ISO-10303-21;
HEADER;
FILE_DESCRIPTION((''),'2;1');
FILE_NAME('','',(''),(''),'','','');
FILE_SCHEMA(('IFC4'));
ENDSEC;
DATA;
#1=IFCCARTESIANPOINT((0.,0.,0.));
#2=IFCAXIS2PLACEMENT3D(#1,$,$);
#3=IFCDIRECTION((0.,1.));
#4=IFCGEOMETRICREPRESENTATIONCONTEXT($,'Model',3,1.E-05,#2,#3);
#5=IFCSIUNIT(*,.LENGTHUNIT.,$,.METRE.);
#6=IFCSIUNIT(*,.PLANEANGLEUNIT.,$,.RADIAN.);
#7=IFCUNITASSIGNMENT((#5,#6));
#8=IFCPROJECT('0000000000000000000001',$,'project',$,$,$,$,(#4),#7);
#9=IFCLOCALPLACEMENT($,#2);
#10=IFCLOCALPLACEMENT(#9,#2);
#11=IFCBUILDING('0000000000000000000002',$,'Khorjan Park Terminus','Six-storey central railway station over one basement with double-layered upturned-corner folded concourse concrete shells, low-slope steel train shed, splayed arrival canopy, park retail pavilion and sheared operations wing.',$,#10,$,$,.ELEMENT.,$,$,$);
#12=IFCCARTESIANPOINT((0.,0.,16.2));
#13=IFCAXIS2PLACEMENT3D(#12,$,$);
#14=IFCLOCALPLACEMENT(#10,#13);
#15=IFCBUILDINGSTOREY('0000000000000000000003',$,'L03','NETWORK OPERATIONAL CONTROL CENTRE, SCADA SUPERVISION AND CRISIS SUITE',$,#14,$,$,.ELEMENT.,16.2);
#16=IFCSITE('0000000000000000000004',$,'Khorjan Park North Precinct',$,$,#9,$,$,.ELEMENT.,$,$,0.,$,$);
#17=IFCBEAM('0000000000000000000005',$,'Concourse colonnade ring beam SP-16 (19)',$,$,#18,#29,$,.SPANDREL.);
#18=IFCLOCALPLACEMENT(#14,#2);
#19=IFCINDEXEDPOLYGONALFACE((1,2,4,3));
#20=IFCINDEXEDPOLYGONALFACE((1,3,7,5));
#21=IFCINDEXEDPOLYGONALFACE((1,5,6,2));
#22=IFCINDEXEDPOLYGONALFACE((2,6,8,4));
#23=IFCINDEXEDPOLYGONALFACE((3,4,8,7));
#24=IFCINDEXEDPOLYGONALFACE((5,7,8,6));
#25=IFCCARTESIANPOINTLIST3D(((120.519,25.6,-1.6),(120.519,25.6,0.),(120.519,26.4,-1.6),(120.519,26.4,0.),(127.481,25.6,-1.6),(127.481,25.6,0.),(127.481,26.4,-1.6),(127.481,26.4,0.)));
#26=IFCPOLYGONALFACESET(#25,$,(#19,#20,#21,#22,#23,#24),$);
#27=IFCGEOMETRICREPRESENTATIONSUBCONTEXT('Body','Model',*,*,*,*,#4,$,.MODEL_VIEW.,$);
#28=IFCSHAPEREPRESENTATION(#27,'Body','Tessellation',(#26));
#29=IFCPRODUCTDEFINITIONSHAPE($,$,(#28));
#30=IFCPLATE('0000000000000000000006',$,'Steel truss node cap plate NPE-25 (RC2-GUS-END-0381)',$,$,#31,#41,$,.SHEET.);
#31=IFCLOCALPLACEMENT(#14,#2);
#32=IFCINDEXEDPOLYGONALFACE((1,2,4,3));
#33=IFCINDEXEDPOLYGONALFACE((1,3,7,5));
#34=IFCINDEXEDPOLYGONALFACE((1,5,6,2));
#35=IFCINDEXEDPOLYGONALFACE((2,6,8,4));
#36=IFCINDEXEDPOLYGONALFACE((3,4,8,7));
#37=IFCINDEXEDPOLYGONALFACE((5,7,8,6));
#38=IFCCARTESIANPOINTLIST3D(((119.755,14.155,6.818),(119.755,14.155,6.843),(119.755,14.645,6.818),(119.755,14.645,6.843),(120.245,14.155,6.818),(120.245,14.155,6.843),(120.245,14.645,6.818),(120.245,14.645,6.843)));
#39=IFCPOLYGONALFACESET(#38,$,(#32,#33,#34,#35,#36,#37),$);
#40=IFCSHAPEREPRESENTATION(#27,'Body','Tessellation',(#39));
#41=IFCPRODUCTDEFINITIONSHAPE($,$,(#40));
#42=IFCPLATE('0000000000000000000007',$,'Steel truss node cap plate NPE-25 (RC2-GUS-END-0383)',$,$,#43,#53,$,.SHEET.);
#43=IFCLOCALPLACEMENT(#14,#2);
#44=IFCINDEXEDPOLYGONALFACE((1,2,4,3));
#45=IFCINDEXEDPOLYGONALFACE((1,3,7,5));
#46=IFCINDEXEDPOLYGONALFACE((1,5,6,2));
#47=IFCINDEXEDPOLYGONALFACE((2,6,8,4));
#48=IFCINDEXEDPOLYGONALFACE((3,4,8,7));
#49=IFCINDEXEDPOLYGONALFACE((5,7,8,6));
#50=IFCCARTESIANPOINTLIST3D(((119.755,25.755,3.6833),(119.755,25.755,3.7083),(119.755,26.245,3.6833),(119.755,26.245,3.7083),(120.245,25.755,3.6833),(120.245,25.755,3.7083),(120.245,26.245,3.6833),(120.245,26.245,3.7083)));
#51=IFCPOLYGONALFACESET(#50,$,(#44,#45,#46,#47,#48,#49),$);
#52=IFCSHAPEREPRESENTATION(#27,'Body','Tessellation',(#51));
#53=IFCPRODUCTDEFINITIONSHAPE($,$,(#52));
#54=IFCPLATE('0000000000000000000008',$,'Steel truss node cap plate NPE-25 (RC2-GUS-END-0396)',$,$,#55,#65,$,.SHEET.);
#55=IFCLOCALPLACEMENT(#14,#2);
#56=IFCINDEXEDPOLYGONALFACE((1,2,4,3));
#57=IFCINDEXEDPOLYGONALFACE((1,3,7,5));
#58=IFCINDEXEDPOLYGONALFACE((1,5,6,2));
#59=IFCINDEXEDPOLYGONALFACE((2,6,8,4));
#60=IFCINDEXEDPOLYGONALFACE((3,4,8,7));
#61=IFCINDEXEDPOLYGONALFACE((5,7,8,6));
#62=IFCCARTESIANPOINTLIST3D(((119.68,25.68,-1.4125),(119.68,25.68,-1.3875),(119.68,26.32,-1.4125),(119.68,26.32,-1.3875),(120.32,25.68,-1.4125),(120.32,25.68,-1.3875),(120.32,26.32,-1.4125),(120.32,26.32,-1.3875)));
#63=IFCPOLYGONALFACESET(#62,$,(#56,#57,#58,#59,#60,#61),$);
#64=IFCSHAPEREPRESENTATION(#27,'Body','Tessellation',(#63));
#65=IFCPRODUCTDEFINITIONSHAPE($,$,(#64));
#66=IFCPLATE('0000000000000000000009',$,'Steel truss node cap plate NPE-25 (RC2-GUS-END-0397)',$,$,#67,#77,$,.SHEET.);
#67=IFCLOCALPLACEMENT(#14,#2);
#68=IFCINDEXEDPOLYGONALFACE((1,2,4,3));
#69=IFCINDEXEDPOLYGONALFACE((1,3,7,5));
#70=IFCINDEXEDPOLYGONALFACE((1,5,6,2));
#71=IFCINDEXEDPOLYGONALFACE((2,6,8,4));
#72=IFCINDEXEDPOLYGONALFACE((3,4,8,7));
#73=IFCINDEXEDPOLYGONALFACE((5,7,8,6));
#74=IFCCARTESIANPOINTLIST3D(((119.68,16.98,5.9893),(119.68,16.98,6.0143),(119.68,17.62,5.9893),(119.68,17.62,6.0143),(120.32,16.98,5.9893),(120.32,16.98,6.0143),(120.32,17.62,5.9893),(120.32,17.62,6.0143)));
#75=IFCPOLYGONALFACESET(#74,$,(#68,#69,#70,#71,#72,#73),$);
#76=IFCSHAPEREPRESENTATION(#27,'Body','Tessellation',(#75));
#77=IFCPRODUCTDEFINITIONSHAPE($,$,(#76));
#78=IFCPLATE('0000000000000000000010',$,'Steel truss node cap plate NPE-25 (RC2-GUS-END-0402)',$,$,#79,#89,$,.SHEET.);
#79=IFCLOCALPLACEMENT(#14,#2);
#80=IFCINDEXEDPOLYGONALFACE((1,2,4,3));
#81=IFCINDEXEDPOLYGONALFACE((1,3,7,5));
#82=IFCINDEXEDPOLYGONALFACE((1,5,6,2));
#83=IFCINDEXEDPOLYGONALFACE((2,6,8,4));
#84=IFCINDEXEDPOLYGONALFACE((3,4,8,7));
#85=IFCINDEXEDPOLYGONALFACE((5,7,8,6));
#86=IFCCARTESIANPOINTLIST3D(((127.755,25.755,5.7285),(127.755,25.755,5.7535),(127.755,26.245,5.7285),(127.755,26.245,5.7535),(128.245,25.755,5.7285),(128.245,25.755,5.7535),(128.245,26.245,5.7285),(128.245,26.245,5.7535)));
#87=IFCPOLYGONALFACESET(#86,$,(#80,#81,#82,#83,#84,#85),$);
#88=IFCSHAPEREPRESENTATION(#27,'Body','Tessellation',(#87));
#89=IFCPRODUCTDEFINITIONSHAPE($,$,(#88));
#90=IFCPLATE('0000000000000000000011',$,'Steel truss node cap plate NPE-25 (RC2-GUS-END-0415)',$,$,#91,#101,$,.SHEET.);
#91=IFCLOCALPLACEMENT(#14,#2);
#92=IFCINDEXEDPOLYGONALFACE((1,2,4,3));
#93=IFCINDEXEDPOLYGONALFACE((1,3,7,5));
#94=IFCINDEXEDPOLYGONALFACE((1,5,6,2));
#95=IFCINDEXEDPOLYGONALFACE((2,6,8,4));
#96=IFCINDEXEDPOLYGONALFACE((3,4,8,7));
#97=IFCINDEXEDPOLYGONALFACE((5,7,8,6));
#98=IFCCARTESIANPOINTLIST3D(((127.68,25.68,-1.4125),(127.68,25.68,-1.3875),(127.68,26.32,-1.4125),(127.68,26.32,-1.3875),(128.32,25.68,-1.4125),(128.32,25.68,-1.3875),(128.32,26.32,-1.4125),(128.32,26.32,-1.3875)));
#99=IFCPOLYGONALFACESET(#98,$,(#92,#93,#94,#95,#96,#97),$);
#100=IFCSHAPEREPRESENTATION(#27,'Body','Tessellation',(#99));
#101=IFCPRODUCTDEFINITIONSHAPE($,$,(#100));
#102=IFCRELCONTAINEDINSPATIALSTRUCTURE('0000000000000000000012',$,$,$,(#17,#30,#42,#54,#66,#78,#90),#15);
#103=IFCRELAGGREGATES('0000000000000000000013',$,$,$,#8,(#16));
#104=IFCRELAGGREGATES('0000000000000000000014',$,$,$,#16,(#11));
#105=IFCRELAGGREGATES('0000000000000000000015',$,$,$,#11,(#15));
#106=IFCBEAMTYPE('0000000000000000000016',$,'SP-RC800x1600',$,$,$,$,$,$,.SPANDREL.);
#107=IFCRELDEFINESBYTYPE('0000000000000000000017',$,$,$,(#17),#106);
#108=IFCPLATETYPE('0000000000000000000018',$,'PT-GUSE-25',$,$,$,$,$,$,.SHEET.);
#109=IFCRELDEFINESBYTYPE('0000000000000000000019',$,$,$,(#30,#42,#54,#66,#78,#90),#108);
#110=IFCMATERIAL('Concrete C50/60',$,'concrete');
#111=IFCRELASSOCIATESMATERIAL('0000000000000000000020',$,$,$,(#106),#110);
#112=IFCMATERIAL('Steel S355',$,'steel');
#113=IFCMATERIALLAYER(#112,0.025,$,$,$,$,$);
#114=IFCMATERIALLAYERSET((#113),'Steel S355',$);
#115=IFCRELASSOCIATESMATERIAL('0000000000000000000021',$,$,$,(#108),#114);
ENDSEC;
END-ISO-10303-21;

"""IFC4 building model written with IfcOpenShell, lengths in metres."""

from ifc_helpers import new_model, si_unit, direction, frame, origin, origin_2d, place, context, subcontext, project, spatial, rectangle, extrude, material, layer, layer_set, material_profile, profile_set, type_object, element, save


model = new_model("IFC4")

# Units and contexts
model_context = context("Model", 3, precision=1e-05, world=origin(), true_north=direction((0.0, 1.0)))
body_context = subcontext(model_context, "Body", "Model", "MODEL_VIEW")
ifc_project = project(units=[si_unit("LENGTHUNIT", "METRE"), si_unit("PLANEANGLEUNIT", "RADIAN")], contexts=[model_context])

# Site, building, storey
site_placement = place(None, origin())
site = spatial("IfcSite", under=ifc_project, at=site_placement, Name="Khorjan Park North Precinct", CompositionType="ELEMENT", RefElevation=0.0)
building_placement = place(site_placement, origin())
building = spatial("IfcBuilding", under=site, at=building_placement, Name="Khorjan Park Terminus", Description="Six-storey central railway station over one basement with double-layered upturned-corner folded concourse concrete shells, low-slope steel train shed, splayed arrival canopy, park retail pavilion and sheared operations wing.", CompositionType="ELEMENT")
storey_placement = place(building_placement, frame((0.0, 0.0, 16.2)))
storey = spatial("IfcBuildingStorey", under=building, at=storey_placement, Name="L03", Description="NETWORK OPERATIONAL CONTROL CENTRE, SCADA SUPERVISION AND CRISIS SUITE", CompositionType="ELEMENT", Elevation=16.2)

# Shared definitions
ifc_material_1 = material(Name="Concrete C50/60", Category="concrete")

# Shared definitions
ifc_material_2 = material(Name="Steel S355", Category="steel")

# Beam
ifc_material_profile_1 = material_profile(ifc_material_1, rectangle(XDim=0.8, YDim=1.6, at=origin_2d()), Name="RC 800x1600")
ifc_profile_set_1 = profile_set([ifc_material_profile_1], Name="Concrete C50/60")
beam_type = type_object("IfcBeamType", Name="SP-RC800x1600", PredefinedType="SPANDREL", material=ifc_profile_set_1)
beam_placement = place(storey_placement, frame((120.519, 26.0, -0.8), z_axis=(1.0, 0.0, 0.0), x_axis=(0.0, 1.0, 0.0)))
element("IfcBeam", 1, at=beam_placement, inside=storey, type_object=beam_type, Name="Concourse colonnade ring beam SP-16 (19)", PredefinedType="SPANDREL", context=body_context, shape_type="SweptSolid", body=[
    extrude(rectangle(XDim=0.8, YDim=1.6, at=origin_2d()), origin(), (0.0, 0.0, 1.0), 6.962),
])

# Plates
ifc_layer = layer(ifc_material_2, 0.025)
ifc_layer_set = layer_set([ifc_layer], Name="Steel S355")
plate_type = type_object("IfcPlateType", Name="PT-GUSE-25", PredefinedType="SHEET", material=ifc_layer_set)
for number, where, z_axis, x_axis, name in (
    (2, (120.0, 14.4, 6.818), (0.0, 0.0, 1.0), (1.0, 0.0, 0.0), "Steel truss node cap plate NPE-25 (RC2-GUS-END-0381)"),
    (3, (120.0, 26.0, 3.6833), (0.0, 0.0, 1.0), (1.0, 0.0, 0.0), "Steel truss node cap plate NPE-25 (RC2-GUS-END-0383)"),
):
    element("IfcPlate", number, at=place(storey_placement, frame(where, z_axis=z_axis, x_axis=x_axis)), inside=storey, type_object=plate_type, Name=name, PredefinedType="SHEET", context=body_context, shape_type="SweptSolid", body=[
        extrude(rectangle(XDim=0.49, YDim=0.49, at=origin_2d()), origin(), (0.0, 0.0, 1.0), 0.025),
    ])
for number, where, z_axis, x_axis, name in (
    (4, (120.0, 26.0, -1.4125), (0.0, 0.0, 1.0), (1.0, 0.0, 0.0), "Steel truss node cap plate NPE-25 (RC2-GUS-END-0396)"),
    (5, (120.0, 17.3, 5.9893), (0.0, 0.0, 1.0), (1.0, 0.0, 0.0), "Steel truss node cap plate NPE-25 (RC2-GUS-END-0397)"),
):
    element("IfcPlate", number, at=place(storey_placement, frame(where, z_axis=z_axis, x_axis=x_axis)), inside=storey, type_object=plate_type, Name=name, PredefinedType="SHEET", context=body_context, shape_type="SweptSolid", body=[
        extrude(rectangle(XDim=0.64, YDim=0.64, at=origin_2d()), origin(), (0.0, 0.0, 1.0), 0.025),
    ])
plate_1_placement = place(storey_placement, frame((128.0, 26.0, 5.7285), z_axis=(0.0, 0.0, 1.0), x_axis=(1.0, 0.0, 0.0)))
element("IfcPlate", 6, at=plate_1_placement, inside=storey, type_object=plate_type, Name="Steel truss node cap plate NPE-25 (RC2-GUS-END-0402)", PredefinedType="SHEET", context=body_context, shape_type="SweptSolid", body=[
    extrude(rectangle(XDim=0.49, YDim=0.49, at=origin_2d()), origin(), (0.0, 0.0, 1.0), 0.025),
])
plate_2_placement = place(storey_placement, frame((128.0, 26.0, -1.4125), z_axis=(0.0, 0.0, 1.0), x_axis=(1.0, 0.0, 0.0)))
element("IfcPlate", 7, at=plate_2_placement, inside=storey, type_object=plate_type, Name="Steel truss node cap plate NPE-25 (RC2-GUS-END-0415)", PredefinedType="SHEET", context=body_context, shape_type="SweptSolid", body=[
    extrude(rectangle(XDim=0.64, YDim=0.64, at=origin_2d()), origin(), (0.0, 0.0, 1.0), 0.025),
])

save(model, "model.ifc")
